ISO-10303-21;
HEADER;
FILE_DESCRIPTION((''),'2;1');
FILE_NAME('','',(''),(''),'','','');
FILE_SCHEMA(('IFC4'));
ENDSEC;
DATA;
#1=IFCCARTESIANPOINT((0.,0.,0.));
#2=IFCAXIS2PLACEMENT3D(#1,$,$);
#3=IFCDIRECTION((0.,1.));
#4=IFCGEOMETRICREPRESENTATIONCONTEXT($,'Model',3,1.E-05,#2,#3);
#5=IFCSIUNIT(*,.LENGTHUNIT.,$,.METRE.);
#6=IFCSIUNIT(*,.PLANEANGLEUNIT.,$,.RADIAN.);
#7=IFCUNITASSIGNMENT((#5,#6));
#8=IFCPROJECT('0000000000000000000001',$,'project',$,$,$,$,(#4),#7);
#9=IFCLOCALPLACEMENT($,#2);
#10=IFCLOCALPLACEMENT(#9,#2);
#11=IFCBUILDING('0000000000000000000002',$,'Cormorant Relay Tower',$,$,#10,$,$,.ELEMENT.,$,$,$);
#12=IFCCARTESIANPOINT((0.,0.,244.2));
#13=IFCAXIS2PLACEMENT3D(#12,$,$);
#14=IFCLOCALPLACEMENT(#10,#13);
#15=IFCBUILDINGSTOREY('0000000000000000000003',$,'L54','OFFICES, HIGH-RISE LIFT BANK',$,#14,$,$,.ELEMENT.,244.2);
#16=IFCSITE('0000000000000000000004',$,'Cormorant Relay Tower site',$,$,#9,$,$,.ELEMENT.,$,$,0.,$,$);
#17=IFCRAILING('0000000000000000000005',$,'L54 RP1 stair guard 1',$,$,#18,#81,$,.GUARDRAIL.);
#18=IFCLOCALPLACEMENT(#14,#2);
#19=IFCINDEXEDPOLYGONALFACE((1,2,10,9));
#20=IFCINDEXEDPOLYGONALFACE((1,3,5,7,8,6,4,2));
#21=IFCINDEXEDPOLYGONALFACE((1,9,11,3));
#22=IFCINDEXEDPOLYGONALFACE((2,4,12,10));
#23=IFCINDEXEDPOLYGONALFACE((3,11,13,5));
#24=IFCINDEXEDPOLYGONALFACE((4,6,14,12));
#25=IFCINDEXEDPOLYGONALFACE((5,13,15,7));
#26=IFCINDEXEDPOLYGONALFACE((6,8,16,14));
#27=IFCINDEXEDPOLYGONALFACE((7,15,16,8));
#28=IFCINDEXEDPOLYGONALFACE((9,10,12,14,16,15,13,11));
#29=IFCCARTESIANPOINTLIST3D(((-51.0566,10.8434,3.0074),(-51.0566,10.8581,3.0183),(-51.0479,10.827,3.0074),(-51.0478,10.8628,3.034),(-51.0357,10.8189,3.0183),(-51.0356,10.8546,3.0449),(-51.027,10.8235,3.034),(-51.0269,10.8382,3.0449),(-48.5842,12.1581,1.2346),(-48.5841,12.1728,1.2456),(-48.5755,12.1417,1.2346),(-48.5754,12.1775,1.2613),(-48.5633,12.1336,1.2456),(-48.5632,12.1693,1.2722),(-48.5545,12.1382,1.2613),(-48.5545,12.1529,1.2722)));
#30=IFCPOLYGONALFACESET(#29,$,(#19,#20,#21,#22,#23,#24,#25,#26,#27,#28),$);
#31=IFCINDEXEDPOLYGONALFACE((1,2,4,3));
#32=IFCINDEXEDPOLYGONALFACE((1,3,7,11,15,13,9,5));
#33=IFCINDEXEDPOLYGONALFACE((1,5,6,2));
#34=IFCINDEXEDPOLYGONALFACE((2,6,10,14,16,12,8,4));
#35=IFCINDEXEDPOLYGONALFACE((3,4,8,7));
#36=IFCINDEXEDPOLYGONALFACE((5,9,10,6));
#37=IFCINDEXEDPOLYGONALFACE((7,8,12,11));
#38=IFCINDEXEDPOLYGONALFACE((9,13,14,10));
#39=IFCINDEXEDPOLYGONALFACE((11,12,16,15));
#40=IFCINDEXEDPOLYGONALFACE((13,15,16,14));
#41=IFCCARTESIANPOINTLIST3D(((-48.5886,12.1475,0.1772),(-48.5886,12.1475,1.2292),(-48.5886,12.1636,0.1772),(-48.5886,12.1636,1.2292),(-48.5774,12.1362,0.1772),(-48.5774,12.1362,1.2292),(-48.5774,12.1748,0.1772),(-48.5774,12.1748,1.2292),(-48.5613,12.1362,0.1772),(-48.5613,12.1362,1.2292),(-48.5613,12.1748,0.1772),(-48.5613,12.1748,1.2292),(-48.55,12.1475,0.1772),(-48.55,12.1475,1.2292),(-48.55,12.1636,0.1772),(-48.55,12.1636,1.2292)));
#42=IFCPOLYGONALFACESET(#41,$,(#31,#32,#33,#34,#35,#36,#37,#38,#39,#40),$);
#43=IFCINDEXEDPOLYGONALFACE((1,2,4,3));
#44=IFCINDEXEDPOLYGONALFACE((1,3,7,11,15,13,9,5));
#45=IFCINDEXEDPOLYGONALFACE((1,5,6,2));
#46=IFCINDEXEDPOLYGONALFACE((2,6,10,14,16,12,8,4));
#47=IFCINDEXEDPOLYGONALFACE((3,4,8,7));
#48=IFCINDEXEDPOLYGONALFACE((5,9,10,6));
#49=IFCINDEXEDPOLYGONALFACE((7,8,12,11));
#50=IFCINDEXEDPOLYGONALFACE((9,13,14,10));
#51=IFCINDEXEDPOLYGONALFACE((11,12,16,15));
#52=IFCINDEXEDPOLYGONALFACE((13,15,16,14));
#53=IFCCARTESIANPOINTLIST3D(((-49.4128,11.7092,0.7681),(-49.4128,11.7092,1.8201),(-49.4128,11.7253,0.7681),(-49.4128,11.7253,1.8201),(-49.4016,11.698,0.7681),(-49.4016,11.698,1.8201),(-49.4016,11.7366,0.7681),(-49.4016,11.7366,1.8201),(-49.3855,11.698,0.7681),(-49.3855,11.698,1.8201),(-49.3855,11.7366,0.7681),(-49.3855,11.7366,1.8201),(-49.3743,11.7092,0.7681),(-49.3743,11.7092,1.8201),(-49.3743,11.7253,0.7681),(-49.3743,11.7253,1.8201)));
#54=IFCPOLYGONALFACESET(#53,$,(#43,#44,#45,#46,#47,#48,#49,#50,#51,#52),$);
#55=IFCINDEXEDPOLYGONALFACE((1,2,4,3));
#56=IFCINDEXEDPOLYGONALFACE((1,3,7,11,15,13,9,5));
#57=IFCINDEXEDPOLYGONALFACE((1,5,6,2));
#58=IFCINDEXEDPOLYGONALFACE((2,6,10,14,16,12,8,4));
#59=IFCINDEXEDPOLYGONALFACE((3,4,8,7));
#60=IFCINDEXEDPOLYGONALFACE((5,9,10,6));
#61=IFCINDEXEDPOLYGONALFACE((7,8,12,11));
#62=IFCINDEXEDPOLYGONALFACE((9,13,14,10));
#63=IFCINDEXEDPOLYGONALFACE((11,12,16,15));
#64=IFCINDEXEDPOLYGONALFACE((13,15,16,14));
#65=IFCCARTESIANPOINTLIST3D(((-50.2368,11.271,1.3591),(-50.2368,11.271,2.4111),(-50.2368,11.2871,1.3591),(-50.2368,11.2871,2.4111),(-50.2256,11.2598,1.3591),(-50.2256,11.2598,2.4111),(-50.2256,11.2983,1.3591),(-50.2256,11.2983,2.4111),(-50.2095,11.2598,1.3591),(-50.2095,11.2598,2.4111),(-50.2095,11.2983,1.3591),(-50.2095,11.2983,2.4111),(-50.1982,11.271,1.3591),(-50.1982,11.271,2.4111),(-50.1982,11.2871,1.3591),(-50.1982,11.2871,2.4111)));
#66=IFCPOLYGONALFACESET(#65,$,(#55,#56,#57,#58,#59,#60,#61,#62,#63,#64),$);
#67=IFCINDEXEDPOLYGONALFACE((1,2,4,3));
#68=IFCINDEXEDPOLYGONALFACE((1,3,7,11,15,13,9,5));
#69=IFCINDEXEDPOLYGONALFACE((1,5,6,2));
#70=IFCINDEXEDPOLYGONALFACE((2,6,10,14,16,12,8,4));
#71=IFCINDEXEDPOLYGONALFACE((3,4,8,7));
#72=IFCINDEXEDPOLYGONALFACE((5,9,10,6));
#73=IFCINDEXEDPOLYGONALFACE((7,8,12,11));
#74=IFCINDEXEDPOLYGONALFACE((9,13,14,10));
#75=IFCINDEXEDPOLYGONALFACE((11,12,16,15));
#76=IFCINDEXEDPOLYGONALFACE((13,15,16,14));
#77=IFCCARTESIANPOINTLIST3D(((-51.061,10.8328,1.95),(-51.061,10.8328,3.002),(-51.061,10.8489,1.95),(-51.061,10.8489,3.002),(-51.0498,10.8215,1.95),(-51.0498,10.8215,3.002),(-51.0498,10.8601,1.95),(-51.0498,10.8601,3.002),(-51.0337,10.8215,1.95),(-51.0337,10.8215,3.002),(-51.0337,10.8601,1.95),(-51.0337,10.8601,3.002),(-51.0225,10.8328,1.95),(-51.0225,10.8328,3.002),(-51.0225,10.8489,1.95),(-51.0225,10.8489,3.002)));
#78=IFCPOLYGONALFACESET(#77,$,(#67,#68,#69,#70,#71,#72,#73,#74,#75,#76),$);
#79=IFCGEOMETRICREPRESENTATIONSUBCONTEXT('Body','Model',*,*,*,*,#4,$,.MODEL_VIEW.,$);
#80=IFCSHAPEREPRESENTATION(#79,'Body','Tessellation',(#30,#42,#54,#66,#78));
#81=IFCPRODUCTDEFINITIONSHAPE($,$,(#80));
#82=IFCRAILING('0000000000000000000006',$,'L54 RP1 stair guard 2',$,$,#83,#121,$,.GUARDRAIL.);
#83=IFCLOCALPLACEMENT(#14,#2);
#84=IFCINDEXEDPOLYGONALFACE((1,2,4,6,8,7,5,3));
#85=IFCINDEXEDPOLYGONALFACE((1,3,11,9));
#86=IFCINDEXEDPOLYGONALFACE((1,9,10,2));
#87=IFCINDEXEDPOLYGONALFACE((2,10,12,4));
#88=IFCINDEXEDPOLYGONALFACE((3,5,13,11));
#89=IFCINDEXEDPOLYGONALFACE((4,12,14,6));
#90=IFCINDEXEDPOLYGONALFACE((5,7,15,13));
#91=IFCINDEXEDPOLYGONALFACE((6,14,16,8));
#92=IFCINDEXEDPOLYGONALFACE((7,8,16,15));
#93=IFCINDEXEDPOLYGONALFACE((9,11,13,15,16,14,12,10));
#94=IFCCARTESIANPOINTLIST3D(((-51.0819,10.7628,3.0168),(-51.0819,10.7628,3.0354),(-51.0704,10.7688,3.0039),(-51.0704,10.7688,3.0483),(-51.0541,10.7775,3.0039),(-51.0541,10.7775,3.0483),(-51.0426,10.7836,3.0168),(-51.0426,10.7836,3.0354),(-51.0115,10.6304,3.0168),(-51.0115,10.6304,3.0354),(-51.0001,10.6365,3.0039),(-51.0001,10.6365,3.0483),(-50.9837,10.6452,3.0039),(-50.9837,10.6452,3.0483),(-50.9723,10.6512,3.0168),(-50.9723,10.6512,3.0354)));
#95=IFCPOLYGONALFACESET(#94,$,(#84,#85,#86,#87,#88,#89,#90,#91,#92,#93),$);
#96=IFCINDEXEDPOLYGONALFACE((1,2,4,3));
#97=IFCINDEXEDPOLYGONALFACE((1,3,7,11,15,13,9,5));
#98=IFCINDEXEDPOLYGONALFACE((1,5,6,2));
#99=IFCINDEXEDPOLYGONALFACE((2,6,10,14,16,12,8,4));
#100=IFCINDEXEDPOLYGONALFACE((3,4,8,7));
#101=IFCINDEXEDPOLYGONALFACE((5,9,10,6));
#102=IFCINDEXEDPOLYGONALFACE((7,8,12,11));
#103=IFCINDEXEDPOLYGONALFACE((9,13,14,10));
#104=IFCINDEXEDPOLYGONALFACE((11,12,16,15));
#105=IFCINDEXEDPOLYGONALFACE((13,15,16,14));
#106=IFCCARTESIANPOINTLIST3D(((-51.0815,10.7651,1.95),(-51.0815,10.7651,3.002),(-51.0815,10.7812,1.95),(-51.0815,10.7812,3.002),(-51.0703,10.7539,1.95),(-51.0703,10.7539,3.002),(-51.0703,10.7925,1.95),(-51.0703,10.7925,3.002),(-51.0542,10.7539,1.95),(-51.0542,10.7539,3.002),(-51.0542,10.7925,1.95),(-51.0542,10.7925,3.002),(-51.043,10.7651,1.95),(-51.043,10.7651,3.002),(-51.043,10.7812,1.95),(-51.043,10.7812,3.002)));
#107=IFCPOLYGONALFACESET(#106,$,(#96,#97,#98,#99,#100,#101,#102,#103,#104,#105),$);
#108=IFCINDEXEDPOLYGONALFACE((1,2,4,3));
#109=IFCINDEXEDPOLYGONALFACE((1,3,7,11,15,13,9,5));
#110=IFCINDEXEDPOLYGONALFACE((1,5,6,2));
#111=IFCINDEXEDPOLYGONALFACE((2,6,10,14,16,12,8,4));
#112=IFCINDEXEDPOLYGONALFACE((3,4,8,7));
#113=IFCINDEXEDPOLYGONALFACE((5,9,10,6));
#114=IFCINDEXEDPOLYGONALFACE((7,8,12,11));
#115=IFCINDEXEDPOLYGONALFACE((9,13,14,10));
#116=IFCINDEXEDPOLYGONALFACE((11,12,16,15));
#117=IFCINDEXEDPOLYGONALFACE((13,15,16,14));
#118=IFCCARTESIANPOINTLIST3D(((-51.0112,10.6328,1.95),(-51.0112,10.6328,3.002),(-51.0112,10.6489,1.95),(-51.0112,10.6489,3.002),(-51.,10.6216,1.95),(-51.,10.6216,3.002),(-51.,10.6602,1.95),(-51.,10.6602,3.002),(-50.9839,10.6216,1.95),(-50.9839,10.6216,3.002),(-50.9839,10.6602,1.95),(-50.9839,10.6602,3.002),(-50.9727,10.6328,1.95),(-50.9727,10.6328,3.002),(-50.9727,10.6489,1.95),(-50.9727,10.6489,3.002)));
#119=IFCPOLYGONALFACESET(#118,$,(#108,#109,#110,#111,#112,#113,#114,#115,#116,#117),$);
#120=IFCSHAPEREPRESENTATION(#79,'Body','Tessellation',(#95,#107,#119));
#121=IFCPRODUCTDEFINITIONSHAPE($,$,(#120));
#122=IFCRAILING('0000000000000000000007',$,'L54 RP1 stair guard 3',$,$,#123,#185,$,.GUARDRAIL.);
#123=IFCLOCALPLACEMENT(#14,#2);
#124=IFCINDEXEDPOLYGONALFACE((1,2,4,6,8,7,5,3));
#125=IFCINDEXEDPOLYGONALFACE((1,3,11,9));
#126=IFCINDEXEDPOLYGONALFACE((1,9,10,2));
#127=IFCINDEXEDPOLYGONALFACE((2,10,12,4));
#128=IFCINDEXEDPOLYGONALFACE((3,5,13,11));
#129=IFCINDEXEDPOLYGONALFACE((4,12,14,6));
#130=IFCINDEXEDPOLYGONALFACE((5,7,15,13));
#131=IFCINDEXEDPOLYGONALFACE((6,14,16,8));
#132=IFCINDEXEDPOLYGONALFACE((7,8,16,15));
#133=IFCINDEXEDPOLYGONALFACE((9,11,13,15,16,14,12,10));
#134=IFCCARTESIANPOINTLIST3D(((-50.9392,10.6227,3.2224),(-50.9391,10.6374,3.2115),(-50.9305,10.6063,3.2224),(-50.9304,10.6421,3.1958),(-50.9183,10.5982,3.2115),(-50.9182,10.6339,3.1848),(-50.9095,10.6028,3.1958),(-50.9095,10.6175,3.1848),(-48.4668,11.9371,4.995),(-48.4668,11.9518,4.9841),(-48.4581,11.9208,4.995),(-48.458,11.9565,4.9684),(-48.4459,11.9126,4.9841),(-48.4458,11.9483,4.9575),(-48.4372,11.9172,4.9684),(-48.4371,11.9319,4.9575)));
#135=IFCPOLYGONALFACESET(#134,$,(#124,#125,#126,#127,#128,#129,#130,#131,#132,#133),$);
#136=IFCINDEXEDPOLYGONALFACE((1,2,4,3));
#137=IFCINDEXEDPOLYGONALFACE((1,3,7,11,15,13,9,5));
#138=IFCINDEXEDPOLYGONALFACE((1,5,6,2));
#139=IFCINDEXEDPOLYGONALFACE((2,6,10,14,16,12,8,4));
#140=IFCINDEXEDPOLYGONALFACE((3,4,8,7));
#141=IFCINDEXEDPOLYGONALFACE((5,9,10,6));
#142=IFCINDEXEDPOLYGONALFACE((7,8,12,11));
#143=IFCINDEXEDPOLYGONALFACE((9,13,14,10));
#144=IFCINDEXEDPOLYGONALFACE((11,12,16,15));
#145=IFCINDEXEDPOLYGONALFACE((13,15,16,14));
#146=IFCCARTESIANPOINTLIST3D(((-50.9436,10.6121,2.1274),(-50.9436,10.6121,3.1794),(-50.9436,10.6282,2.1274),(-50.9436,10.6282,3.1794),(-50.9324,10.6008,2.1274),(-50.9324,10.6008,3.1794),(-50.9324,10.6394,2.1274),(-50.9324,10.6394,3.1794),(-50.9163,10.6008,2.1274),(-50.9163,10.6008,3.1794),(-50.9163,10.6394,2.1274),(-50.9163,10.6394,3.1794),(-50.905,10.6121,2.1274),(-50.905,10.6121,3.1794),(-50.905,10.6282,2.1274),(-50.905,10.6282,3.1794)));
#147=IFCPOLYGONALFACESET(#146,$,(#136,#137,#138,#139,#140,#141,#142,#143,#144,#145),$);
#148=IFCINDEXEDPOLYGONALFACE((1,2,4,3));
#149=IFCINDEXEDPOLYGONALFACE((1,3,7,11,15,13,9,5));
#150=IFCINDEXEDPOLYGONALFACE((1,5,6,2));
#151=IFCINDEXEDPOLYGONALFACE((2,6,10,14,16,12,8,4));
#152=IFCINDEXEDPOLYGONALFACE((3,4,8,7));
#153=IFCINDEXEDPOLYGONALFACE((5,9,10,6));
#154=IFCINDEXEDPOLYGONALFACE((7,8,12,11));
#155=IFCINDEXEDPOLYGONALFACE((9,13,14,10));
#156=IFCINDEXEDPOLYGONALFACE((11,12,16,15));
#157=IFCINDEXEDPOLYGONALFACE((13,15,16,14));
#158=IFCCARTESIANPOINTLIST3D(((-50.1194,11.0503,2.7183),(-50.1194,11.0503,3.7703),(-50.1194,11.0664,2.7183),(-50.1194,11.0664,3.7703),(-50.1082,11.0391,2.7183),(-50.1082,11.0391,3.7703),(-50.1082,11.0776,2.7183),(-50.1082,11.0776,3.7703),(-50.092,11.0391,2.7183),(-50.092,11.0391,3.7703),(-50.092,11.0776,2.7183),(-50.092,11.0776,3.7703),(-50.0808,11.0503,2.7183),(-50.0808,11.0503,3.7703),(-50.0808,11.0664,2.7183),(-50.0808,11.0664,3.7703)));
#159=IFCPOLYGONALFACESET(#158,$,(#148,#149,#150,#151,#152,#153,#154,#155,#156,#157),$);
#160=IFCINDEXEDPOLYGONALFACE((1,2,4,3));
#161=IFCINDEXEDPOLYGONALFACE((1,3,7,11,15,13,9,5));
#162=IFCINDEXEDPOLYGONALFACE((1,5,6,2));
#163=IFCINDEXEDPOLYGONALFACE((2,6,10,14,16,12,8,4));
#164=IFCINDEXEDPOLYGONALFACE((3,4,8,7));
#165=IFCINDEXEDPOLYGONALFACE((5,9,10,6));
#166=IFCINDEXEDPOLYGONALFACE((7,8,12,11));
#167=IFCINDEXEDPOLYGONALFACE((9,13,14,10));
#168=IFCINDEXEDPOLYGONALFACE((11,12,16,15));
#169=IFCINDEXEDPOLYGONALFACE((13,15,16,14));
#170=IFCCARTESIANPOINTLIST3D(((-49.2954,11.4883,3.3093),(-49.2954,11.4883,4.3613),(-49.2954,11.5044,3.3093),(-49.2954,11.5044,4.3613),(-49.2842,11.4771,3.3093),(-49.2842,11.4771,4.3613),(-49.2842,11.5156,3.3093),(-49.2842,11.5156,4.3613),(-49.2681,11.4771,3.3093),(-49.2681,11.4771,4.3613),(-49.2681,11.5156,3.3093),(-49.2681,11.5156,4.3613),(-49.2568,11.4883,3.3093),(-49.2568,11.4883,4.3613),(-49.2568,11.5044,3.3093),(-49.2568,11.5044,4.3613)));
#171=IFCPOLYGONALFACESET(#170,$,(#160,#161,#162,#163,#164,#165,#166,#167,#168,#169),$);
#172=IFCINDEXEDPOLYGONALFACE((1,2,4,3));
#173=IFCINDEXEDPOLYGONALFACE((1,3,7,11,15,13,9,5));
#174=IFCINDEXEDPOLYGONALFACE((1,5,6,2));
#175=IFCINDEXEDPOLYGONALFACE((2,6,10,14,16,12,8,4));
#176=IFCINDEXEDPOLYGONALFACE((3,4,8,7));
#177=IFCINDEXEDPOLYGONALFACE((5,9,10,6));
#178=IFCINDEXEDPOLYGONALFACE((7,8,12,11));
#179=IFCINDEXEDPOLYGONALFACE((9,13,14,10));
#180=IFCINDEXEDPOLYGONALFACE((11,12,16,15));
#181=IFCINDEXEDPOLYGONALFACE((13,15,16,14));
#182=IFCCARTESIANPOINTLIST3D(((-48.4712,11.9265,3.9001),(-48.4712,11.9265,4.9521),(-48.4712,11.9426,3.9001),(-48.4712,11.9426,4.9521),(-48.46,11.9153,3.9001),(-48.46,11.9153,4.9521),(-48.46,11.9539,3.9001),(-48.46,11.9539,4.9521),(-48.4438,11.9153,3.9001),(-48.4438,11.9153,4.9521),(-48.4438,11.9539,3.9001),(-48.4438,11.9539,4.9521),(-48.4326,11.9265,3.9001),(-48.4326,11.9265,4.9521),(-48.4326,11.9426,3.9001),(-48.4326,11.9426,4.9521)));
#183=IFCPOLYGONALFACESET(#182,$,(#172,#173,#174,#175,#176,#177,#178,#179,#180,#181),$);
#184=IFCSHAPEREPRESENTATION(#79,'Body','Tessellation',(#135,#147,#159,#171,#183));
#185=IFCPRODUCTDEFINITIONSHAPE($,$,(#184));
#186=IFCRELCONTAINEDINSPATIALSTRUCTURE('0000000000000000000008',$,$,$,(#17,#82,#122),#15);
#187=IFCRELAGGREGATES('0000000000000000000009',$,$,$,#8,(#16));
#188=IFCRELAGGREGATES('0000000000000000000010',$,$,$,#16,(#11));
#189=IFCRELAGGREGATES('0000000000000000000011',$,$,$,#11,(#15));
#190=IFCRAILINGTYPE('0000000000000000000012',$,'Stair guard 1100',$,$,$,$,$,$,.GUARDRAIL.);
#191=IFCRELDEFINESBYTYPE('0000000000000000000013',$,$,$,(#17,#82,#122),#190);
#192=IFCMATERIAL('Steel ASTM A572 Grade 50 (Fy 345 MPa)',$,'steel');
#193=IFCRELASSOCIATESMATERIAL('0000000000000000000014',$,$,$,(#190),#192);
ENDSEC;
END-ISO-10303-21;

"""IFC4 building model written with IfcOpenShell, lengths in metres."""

from ifc_helpers import new_model, si_unit, direction, frame, origin, place, context, subcontext, project, spatial, polyline, outline, extrude, material, type_object, element, save


model = new_model("IFC4")

# Units and contexts
model_context = context("Model", 3, precision=1e-05, world=origin(), true_north=direction((0.0, 1.0)))
body_context = subcontext(model_context, "Body", "Model", "MODEL_VIEW")
ifc_project = project(units=[si_unit("LENGTHUNIT", "METRE"), si_unit("PLANEANGLEUNIT", "RADIAN")], contexts=[model_context])

# Site, building, storey
site_placement = place(None, origin())
site = spatial("IfcSite", under=ifc_project, at=site_placement, Name="Cormorant Relay Tower site", CompositionType="ELEMENT", RefElevation=0.0)
building_placement = place(site_placement, origin())
building = spatial("IfcBuilding", under=site, at=building_placement, Name="Cormorant Relay Tower", CompositionType="ELEMENT")
storey_placement = place(building_placement, frame((0.0, 0.0, 244.2)))
storey = spatial("IfcBuildingStorey", under=building, at=storey_placement, Name="L54", Description="OFFICES, HIGH-RISE LIFT BANK", CompositionType="ELEMENT", Elevation=244.2)

# Railings
ifc_material_1 = material(Name="Steel ASTM A572 Grade 50 (Fy 345 MPa)", Category="steel")
railing_type_1 = type_object("IfcRailingType", Name="Stair guard 1100", PredefinedType="GUARDRAIL", material=ifc_material_1)
railing_1_placement = place(storey_placement, frame((-48.5693, 12.1555, 0.1772)))
element("IfcRailing", 1, at=railing_1_placement, inside=storey, type_object=railing_type_1, Name="L54 RP1 stair guard 1", PredefinedType="GUARDRAIL", context=body_context, shape_type="SweptSolid", body=[
    extrude(outline(polyline([(0.0222, 0.0093), (0.0093, 0.0222), (-0.0093, 0.0222), (-0.0222, 0.0093), (-0.0222, -0.0093), (-0.0093, -0.0222), (0.0093, -0.0222), (0.0222, -0.0093), (0.0222, 0.0093)])), frame((0.0, 0.0, 1.0762), z_axis=(-0.746012, -0.39669, 0.534886), x_axis=(0.469497, -0.882934, 0.0)), (0.0, 0.0, 1.0), 3.3142),
    extrude(outline(polyline([(0.0193, 0.0081), (0.0081, 0.0193), (-0.0081, 0.0193), (-0.0193, 0.0081), (-0.0193, -0.0081), (-0.0081, -0.0193), (0.0081, -0.0193), (0.0193, -0.0081), (0.0193, 0.0081)])), origin(), (0.0, 0.0, 1.0), 1.052),
    extrude(outline(polyline([(0.0193, 0.0081), (0.0081, 0.0193), (-0.0081, 0.0193), (-0.0193, 0.0081), (-0.0193, -0.0081), (-0.0081, -0.0193), (0.0081, -0.0193), (0.0193, -0.0081), (0.0193, 0.0081)])), frame((-0.8242, -0.4382, 0.5908)), (0.0, 0.0, 1.0), 1.052),
    extrude(outline(polyline([(0.0193, 0.0081), (0.0081, 0.0193), (-0.0081, 0.0193), (-0.0193, 0.0081), (-0.0193, -0.0081), (-0.0081, -0.0193), (0.0081, -0.0193), (0.0193, -0.0081), (0.0193, 0.0081)])), frame((-1.6482, -0.8765, 1.1819)), (0.0, 0.0, 1.0), 1.052),
    extrude(outline(polyline([(0.0193, 0.0081), (0.0081, 0.0193), (-0.0081, 0.0193), (-0.0193, 0.0081), (-0.0193, -0.0081), (-0.0081, -0.0193), (0.0081, -0.0193), (0.0193, -0.0081), (0.0193, 0.0081)])), frame((-2.4724, -1.3147, 1.7727)), (0.0, 0.0, 1.0), 1.052),
])
railing_2_placement = place(storey_placement, frame((-51.0623, 10.7732, 1.95)))
element("IfcRailing", 2, at=railing_2_placement, inside=storey, type_object=railing_type_1, Name="L54 RP1 stair guard 2", PredefinedType="GUARDRAIL", context=body_context, shape_type="SweptSolid", body=[
    extrude(outline(polyline([(0.0222, 0.0093), (0.0093, 0.0222), (-0.0093, 0.0222), (-0.0222, 0.0093), (-0.0222, -0.0093), (-0.0093, -0.0222), (0.0093, -0.0222), (0.0222, -0.0093), (0.0222, 0.0093)])), frame((0.0, 0.0, 1.0762), z_axis=(0.469235, -0.883074, 0.0), x_axis=(0.883074, 0.469235, 0.0)), (0.0, 0.0, 1.0), 0.1499),
    extrude(outline(polyline([(0.0193, 0.0081), (0.0081, 0.0193), (-0.0081, 0.0193), (-0.0193, 0.0081), (-0.0193, -0.0081), (-0.0081, -0.0193), (0.0081, -0.0193), (0.0193, -0.0081), (0.0193, 0.0081)])), origin(), (0.0, 0.0, 1.0), 1.052),
    extrude(outline(polyline([(0.0193, 0.0081), (0.0081, 0.0193), (-0.0081, 0.0193), (-0.0193, 0.0081), (-0.0193, -0.0081), (-0.0081, -0.0193), (0.0081, -0.0193), (0.0193, -0.0081), (0.0193, 0.0081)])), frame((0.0703, -0.1323, 0.0)), (0.0, 0.0, 1.0), 1.052),
])
railing_3_placement = place(storey_placement, frame((-50.9243, 10.6201, 2.1274)))
element("IfcRailing", 3, at=railing_3_placement, inside=storey, type_object=railing_type_1, Name="L54 RP1 stair guard 3", PredefinedType="GUARDRAIL", context=body_context, shape_type="SweptSolid", body=[
    extrude(outline(polyline([(0.0222, 0.0093), (0.0093, 0.0222), (-0.0093, 0.0222), (-0.0222, 0.0093), (-0.0222, -0.0093), (-0.0093, -0.0222), (0.0093, -0.0222), (0.0222, -0.0093), (0.0222, 0.0093)])), frame((0.0, 0.0, 1.0762), z_axis=(0.746034, 0.396627, 0.534902), x_axis=(-0.469429, 0.88297, 0.0)), (0.0, 0.0, 1.0), 3.314),
    extrude(outline(polyline([(0.0193, 0.0081), (0.0081, 0.0193), (-0.0081, 0.0193), (-0.0193, 0.0081), (-0.0193, -0.0081), (-0.0081, -0.0193), (0.0081, -0.0193), (0.0193, -0.0081), (0.0193, 0.0081)])), origin(), (0.0, 0.0, 1.0), 1.052),
    extrude(outline(polyline([(0.0193, 0.0081), (0.0081, 0.0193), (-0.0081, 0.0193), (-0.0193, 0.0081), (-0.0193, -0.0081), (-0.0081, -0.0193), (0.0081, -0.0193), (0.0193, -0.0081), (0.0193, 0.0081)])), frame((0.8242, 0.4382, 0.5908)), (0.0, 0.0, 1.0), 1.052),
    extrude(outline(polyline([(0.0193, 0.0081), (0.0081, 0.0193), (-0.0081, 0.0193), (-0.0193, 0.0081), (-0.0193, -0.0081), (-0.0081, -0.0193), (0.0081, -0.0193), (0.0193, -0.0081), (0.0193, 0.0081)])), frame((1.6482, 0.8762, 1.1819)), (0.0, 0.0, 1.0), 1.052),
    extrude(outline(polyline([(0.0193, 0.0081), (0.0081, 0.0193), (-0.0081, 0.0193), (-0.0193, 0.0081), (-0.0193, -0.0081), (-0.0081, -0.0193), (0.0081, -0.0193), (0.0193, -0.0081), (0.0193, 0.0081)])), frame((2.4724, 1.3145, 1.7727)), (0.0, 0.0, 1.0), 1.052),
])

save(model, "model.ifc")
